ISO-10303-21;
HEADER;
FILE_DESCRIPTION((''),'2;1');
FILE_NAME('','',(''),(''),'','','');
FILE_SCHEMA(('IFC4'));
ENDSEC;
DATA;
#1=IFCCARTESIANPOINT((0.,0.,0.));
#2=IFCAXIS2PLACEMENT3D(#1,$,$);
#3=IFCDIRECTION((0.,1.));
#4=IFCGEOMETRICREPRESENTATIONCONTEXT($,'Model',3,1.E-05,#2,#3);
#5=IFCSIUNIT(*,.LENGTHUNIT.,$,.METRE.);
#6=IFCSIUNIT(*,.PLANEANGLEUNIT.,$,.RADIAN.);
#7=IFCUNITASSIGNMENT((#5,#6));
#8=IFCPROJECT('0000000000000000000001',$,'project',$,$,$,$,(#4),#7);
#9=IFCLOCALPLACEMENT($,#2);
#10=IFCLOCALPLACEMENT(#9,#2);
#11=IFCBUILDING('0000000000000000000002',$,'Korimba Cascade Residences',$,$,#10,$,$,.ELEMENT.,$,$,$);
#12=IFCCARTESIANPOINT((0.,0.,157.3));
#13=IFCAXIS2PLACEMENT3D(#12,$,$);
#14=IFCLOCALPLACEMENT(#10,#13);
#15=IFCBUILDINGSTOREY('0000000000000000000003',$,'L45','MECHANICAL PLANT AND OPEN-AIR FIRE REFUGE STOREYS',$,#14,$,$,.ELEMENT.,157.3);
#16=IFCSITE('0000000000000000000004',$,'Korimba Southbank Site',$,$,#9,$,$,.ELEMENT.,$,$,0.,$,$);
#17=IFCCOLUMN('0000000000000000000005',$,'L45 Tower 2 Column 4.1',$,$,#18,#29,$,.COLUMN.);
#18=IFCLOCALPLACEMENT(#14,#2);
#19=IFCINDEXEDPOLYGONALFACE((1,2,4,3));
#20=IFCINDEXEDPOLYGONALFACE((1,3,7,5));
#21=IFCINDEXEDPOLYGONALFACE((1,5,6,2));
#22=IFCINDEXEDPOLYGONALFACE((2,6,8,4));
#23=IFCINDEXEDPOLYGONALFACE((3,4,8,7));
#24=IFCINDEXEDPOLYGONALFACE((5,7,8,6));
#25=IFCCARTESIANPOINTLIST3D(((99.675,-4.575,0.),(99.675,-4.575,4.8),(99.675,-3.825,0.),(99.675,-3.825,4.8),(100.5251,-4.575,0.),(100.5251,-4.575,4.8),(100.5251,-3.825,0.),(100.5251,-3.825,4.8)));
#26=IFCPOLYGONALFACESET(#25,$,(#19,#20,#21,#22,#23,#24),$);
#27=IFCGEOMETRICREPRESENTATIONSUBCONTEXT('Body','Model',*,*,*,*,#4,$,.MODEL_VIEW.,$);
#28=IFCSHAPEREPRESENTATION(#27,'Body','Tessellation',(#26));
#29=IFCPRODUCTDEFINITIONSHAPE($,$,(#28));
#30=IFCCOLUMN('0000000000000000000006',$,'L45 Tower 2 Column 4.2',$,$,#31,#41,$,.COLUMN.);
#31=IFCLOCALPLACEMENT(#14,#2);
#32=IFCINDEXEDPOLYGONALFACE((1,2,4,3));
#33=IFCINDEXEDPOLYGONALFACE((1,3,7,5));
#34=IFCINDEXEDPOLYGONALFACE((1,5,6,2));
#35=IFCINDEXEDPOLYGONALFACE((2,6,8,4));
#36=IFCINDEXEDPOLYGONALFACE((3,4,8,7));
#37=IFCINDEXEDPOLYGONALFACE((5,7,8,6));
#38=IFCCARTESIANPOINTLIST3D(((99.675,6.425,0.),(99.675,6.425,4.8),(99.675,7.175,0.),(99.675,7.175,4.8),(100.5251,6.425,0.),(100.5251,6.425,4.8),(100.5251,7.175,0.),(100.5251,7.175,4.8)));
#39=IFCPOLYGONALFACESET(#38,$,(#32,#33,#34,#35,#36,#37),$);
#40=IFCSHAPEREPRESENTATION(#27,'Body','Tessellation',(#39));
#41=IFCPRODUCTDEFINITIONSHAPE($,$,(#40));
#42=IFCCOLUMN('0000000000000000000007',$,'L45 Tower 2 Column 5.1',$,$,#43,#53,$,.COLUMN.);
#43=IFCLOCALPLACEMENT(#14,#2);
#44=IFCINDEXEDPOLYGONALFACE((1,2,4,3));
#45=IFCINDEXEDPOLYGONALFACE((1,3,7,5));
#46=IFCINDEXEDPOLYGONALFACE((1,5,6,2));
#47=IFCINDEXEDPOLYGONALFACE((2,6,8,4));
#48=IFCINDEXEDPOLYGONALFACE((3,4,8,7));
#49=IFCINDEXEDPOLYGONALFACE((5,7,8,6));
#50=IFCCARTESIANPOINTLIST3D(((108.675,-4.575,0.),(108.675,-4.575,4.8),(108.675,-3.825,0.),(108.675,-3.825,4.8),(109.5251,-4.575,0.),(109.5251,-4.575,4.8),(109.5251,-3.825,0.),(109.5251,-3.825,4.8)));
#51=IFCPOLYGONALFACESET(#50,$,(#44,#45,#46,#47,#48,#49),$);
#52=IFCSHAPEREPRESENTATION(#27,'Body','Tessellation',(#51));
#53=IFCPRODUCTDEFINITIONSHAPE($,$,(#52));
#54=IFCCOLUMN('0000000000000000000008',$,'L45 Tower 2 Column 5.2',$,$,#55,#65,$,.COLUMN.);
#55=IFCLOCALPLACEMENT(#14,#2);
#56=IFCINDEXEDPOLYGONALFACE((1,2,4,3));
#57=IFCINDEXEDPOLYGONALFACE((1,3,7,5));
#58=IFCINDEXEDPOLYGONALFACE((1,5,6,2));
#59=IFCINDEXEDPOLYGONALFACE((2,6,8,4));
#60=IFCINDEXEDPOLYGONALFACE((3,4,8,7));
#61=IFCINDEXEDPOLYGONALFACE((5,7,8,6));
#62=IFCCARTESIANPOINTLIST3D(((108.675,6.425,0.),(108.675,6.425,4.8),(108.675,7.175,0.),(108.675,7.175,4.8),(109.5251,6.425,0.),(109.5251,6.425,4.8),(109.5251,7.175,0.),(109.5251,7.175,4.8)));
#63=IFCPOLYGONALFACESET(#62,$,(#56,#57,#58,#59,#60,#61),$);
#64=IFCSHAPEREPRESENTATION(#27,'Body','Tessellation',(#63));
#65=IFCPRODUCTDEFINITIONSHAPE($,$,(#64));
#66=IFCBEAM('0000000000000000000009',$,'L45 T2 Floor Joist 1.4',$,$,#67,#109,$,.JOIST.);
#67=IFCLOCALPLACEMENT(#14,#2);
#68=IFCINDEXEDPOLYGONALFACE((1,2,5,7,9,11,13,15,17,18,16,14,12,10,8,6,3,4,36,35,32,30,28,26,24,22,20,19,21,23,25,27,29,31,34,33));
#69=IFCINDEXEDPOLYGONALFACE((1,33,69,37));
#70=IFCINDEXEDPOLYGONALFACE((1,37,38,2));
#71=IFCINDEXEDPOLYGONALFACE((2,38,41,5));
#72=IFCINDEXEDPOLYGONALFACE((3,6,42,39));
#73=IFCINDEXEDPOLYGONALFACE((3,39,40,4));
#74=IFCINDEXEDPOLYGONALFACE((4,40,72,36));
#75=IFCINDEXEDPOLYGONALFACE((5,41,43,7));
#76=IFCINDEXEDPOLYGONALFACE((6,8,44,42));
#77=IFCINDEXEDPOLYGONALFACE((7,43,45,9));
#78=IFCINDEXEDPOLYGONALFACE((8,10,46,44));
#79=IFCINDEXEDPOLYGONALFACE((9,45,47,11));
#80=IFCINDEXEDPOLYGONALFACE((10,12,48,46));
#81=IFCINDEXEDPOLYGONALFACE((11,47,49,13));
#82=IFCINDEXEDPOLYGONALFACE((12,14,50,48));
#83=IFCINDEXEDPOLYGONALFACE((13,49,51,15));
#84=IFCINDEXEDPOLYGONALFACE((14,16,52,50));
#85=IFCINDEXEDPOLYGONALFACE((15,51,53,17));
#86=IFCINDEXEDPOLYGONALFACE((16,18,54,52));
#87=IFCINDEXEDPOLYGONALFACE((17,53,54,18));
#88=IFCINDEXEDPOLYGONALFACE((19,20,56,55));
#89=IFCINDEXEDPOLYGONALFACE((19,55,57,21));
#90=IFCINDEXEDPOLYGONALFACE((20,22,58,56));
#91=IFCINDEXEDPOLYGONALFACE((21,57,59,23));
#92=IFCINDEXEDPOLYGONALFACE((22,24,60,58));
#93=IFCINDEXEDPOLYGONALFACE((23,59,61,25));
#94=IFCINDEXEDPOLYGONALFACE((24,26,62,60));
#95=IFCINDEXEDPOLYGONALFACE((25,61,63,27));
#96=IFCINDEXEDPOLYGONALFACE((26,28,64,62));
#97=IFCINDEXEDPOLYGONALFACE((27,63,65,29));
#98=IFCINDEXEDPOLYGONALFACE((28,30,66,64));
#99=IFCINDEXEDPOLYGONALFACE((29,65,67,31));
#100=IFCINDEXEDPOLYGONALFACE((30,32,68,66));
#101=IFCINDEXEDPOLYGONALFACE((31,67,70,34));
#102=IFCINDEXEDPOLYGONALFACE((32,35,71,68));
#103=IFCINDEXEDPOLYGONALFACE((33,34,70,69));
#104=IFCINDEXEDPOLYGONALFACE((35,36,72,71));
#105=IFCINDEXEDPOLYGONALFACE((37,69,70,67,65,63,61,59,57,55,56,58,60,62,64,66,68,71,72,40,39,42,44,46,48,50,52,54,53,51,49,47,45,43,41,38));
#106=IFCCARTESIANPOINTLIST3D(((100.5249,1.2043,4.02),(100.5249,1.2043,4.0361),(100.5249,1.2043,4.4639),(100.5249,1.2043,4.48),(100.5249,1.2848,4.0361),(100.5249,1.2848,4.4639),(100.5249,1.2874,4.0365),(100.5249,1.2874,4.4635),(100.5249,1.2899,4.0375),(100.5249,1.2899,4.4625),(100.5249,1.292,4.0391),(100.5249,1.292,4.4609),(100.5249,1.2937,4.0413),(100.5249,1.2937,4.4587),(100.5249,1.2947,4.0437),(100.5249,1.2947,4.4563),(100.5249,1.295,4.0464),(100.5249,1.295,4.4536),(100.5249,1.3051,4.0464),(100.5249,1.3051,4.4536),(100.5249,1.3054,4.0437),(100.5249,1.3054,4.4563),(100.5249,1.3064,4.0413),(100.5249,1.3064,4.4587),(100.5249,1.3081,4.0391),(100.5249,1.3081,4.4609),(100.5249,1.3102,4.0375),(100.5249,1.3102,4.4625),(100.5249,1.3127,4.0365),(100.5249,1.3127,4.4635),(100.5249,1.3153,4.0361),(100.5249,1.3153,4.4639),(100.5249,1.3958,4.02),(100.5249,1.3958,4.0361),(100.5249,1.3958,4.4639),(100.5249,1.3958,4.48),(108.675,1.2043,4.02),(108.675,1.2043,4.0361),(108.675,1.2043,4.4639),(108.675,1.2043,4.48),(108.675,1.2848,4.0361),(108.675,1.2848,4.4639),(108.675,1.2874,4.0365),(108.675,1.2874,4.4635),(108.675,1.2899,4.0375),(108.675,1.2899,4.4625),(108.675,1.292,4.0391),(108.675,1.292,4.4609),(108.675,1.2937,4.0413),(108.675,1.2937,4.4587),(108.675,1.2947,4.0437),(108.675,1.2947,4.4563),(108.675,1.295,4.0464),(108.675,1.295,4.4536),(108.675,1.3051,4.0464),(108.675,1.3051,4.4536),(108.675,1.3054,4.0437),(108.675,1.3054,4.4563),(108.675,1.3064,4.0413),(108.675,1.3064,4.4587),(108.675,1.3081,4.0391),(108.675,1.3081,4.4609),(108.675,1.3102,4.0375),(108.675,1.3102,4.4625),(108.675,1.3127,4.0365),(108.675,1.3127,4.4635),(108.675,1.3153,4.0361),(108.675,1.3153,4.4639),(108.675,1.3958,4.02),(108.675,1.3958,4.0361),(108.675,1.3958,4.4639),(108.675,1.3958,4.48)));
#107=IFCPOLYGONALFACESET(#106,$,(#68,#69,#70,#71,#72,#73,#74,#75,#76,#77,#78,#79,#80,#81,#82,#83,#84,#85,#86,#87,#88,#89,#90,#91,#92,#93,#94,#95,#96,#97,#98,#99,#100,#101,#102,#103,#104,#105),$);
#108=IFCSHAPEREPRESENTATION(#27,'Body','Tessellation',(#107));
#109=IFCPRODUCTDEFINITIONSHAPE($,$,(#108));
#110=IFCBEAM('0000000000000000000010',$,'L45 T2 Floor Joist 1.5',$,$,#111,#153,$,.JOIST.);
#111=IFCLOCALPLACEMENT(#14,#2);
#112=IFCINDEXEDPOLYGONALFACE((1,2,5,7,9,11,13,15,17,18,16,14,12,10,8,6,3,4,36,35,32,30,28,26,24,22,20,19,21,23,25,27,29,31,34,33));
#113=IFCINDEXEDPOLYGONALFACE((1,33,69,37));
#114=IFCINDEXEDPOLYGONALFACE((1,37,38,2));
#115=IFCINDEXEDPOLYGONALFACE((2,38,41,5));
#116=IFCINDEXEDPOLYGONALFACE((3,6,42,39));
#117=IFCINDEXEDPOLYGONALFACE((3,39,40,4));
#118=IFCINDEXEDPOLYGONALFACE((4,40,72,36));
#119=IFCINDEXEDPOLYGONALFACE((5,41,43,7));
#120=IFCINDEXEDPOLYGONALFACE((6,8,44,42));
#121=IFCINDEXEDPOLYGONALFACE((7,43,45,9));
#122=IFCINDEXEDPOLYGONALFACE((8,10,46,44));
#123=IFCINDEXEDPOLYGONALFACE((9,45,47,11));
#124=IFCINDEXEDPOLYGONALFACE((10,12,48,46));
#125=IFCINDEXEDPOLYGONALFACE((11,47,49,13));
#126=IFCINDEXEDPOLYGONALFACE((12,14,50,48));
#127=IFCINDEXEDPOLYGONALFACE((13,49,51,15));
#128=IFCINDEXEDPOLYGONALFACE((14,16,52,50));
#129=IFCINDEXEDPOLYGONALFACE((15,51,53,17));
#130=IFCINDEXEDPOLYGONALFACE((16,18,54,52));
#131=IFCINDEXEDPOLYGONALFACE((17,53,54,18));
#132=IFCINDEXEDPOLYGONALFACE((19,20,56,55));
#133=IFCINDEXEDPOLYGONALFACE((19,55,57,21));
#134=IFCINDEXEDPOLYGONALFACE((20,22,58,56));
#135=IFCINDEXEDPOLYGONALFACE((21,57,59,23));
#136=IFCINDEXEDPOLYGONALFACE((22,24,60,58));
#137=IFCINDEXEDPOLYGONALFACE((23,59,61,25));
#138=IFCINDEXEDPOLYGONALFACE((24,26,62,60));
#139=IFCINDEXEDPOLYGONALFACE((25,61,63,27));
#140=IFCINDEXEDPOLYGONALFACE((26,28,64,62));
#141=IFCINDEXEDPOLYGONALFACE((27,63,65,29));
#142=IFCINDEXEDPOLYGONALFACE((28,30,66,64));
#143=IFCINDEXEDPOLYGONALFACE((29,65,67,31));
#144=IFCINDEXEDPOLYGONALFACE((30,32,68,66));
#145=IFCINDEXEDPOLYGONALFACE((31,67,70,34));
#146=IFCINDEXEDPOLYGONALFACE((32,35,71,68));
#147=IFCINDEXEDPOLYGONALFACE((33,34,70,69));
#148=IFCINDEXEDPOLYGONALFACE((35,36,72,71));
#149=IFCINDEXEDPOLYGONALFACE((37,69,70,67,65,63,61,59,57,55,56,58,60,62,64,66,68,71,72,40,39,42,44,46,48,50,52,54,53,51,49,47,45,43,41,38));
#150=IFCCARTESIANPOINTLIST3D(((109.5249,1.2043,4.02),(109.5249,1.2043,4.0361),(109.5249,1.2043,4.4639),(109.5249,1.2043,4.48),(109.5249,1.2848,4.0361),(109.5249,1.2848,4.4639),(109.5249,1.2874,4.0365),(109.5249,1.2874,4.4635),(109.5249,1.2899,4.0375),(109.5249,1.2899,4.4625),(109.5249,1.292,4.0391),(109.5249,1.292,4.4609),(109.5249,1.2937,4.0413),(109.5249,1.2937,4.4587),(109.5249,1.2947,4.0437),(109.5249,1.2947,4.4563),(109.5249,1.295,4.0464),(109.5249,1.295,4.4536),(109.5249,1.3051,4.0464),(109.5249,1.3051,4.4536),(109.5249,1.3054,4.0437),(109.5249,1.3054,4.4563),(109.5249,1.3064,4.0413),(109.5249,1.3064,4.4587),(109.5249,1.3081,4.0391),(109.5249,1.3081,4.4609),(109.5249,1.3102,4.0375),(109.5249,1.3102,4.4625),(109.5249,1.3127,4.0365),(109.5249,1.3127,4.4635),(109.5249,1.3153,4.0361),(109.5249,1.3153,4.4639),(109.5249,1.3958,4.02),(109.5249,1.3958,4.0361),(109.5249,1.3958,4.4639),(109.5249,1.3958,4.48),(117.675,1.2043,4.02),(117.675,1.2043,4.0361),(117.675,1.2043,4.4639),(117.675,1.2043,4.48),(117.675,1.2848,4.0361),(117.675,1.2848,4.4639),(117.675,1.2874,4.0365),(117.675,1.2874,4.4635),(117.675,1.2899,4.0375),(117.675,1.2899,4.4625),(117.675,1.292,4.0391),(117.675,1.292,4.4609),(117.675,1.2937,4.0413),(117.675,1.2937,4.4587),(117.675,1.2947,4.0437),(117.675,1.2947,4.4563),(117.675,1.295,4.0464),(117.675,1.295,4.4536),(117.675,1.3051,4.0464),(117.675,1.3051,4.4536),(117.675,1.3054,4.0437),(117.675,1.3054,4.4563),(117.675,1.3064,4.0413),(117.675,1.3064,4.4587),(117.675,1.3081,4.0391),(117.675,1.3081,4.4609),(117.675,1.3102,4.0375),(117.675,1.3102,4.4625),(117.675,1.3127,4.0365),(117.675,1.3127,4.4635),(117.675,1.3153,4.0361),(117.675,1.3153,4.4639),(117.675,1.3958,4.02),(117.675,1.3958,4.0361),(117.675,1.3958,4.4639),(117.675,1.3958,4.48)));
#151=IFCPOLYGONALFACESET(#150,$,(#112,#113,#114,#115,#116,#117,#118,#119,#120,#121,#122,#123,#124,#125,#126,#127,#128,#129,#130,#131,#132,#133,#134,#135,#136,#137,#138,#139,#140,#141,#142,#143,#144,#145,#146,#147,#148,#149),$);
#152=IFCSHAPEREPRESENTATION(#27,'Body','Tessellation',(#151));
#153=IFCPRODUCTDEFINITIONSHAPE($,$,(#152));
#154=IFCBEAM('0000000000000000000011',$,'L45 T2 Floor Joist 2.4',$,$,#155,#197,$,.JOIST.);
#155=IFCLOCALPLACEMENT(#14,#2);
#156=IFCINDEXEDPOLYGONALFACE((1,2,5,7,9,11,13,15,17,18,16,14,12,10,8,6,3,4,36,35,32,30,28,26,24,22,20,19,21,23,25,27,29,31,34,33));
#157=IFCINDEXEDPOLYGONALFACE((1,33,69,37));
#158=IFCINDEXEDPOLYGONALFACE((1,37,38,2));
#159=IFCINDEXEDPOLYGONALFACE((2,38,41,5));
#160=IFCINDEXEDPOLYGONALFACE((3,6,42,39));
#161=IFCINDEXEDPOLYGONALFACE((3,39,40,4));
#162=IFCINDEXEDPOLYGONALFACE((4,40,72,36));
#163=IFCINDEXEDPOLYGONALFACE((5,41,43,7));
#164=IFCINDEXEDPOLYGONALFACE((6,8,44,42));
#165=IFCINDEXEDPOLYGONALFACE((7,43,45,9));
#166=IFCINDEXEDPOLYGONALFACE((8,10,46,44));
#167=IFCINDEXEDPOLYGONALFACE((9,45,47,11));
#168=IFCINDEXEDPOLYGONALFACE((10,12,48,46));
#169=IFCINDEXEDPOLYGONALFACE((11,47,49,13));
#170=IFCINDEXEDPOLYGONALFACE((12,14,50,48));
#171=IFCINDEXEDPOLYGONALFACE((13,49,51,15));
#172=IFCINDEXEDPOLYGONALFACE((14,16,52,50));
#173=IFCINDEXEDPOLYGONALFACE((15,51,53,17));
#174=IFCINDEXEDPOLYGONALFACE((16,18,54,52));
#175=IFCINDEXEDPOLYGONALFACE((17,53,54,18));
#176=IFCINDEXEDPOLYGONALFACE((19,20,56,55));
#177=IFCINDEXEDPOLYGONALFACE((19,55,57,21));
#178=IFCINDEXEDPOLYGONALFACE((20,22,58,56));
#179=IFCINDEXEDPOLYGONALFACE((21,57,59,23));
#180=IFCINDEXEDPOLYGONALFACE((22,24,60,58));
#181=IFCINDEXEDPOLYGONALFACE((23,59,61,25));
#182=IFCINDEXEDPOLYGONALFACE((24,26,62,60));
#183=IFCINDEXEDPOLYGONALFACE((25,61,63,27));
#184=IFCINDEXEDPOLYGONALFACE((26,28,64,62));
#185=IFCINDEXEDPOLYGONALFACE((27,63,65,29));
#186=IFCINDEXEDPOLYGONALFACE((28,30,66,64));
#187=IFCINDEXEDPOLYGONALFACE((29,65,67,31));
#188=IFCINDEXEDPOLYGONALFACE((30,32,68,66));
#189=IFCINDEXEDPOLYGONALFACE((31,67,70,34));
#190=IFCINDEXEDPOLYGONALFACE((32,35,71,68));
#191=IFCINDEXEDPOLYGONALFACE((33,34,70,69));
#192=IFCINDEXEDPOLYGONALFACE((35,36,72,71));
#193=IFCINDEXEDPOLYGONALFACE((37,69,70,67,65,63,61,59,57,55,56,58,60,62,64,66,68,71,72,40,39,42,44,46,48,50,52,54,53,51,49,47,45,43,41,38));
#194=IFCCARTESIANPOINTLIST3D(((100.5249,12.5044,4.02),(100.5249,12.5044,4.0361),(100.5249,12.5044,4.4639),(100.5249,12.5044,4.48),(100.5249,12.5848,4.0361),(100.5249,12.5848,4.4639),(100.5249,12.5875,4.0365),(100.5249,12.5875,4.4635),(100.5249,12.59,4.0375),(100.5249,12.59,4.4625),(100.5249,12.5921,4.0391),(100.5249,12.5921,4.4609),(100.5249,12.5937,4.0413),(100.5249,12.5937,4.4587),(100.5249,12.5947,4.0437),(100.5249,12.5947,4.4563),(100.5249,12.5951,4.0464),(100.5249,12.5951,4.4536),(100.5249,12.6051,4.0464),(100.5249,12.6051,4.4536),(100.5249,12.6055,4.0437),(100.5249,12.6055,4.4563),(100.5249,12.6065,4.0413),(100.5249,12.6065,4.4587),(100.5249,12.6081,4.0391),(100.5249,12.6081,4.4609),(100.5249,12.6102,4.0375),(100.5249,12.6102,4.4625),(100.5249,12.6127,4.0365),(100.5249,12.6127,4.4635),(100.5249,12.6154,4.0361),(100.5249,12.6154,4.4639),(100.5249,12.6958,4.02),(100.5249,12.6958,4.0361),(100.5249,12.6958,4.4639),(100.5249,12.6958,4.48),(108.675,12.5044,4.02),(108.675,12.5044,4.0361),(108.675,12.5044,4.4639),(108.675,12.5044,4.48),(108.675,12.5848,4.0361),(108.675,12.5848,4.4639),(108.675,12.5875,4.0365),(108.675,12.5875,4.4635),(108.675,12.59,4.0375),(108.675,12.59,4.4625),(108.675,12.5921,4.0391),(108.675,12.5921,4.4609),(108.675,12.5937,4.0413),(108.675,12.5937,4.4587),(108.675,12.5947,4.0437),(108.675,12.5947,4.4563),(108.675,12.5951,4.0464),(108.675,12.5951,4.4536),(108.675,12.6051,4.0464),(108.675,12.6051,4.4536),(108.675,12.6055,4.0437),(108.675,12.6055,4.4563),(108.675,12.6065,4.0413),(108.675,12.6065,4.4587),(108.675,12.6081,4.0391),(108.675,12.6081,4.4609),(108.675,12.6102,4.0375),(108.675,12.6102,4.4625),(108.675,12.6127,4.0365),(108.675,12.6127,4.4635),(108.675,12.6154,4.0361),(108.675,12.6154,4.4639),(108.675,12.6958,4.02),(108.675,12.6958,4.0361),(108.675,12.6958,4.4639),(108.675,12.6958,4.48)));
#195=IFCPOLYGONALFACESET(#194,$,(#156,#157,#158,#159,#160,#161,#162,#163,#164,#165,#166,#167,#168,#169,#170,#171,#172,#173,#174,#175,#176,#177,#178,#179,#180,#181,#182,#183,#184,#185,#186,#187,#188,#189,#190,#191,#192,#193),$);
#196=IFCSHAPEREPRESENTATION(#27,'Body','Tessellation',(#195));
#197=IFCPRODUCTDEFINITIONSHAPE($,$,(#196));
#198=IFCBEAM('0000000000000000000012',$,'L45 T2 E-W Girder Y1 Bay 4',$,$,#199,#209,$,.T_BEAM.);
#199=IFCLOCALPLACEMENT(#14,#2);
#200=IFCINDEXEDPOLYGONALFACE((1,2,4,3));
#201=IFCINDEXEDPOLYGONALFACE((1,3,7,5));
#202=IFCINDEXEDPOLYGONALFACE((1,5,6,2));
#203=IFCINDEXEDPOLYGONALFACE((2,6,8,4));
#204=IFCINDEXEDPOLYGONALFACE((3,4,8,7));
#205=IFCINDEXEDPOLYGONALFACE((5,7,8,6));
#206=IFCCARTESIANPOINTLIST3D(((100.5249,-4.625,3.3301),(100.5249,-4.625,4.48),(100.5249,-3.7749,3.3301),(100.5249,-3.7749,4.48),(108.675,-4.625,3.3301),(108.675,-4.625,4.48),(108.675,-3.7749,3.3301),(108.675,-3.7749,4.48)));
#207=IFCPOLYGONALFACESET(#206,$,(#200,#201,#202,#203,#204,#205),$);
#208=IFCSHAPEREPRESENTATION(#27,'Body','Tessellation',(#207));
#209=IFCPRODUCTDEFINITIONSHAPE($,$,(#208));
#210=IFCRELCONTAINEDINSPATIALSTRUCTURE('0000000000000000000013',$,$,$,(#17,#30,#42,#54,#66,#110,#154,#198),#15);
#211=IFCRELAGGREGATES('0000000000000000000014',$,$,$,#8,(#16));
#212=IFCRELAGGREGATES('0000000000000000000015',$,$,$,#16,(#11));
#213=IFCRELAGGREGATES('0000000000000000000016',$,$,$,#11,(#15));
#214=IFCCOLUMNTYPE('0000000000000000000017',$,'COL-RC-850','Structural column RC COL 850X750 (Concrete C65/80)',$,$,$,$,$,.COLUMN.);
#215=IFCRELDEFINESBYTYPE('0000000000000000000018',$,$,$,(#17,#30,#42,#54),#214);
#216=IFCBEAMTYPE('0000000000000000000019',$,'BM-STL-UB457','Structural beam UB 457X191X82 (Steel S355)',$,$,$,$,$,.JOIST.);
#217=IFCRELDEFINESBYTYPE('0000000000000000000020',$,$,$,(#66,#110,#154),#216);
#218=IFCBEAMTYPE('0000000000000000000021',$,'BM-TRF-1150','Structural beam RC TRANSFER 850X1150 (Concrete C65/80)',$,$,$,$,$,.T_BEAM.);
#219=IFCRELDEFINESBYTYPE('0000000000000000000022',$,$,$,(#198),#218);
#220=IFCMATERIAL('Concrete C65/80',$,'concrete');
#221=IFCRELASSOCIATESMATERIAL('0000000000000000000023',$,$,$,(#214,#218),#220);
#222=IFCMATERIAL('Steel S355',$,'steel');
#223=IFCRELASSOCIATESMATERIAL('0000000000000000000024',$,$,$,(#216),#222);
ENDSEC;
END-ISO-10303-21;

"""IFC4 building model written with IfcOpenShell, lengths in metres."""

from ifc_helpers import new_model, si_unit, direction, frame, origin, origin_2d, place, context, subcontext, project, spatial, rectangle, i_section, extrude, material, material_profile, profile_set, type_object, element, save


model = new_model("IFC4")

# Units and contexts
model_context = context("Model", 3, precision=1e-05, world=origin(), true_north=direction((0.0, 1.0)))
body_context = subcontext(model_context, "Body", "Model", "MODEL_VIEW")
ifc_project = project(units=[si_unit("LENGTHUNIT", "METRE"), si_unit("PLANEANGLEUNIT", "RADIAN")], contexts=[model_context])

# Site, building, storey
site_placement = place(None, origin())
site = spatial("IfcSite", under=ifc_project, at=site_placement, Name="Korimba Southbank Site", CompositionType="ELEMENT", RefElevation=0.0)
building_placement = place(site_placement, origin())
building = spatial("IfcBuilding", under=site, at=building_placement, Name="Korimba Cascade Residences", CompositionType="ELEMENT")
storey_placement = place(building_placement, frame((0.0, 0.0, 157.3)))
storey = spatial("IfcBuildingStorey", under=building, at=storey_placement, Name="L45", Description="MECHANICAL PLANT AND OPEN-AIR FIRE REFUGE STOREYS", CompositionType="ELEMENT", Elevation=157.3)

# Columns
ifc_material_1 = material(Name="Concrete C65/80", Category="concrete")
ifc_material_profile_1 = material_profile(ifc_material_1, rectangle(XDim=0.8501, YDim=0.75, at=origin_2d()), Name="Concrete C65/80")
ifc_profile_set_1 = profile_set([ifc_material_profile_1], Name="Concrete C65/80")
column_type = type_object("IfcColumnType", Name="COL-RC-850", Description="Structural column RC COL 850X750 (Concrete C65/80)", PredefinedType="COLUMN", material=ifc_profile_set_1)
for number, where, z_axis, x_axis, name in (
    (1, (100.1001, -4.2, 0.0), (0.0, 0.0, 1.0), (1.0, 0.0, 0.0), "L45 Tower 2 Column 4.1"),
    (2, (100.1001, 6.8, 0.0), (0.0, 0.0, 1.0), (1.0, 0.0, 0.0), "L45 Tower 2 Column 4.2"),
    (3, (109.1001, -4.2, 0.0), (0.0, 0.0, 1.0), (1.0, 0.0, 0.0), "L45 Tower 2 Column 5.1"),
    (4, (109.1001, 6.8, 0.0), (0.0, 0.0, 1.0), (1.0, 0.0, 0.0), "L45 Tower 2 Column 5.2"),
):
    element("IfcColumn", number, at=place(storey_placement, frame(where, z_axis=z_axis, x_axis=x_axis)), inside=storey, type_object=column_type, Name=name, PredefinedType="COLUMN", context=body_context, shape_type="SweptSolid", body=[
        extrude(rectangle(XDim=0.8501, YDim=0.75, at=origin_2d()), origin(), (0.0, 0.0, 1.0), 4.8),
    ])

# Beams
ifc_material_2 = material(Name="Steel S355", Category="steel")
ifc_material_profile_2 = material_profile(ifc_material_2, i_section(OverallWidth=0.1914, OverallDepth=0.46, WebThickness=0.01, FlangeThickness=0.0161, FilletRadius=0.0103, at=origin_2d()), Name="Steel S355")
ifc_profile_set_2 = profile_set([ifc_material_profile_2], Name="Steel S355")
beam_type_1 = type_object("IfcBeamType", Name="BM-STL-UB457", Description="Structural beam UB 457X191X82 (Steel S355)", PredefinedType="JOIST", material=ifc_profile_set_2)
for number, where, z_axis, x_axis, name in (
    (5, (100.5249, 1.3, 4.25), (1.0, 0.0, 0.0), (0.0, 1.0, 0.0), "L45 T2 Floor Joist 1.4"),
    (6, (109.5249, 1.3, 4.25), (1.0, 0.0, 0.0), (0.0, 1.0, 0.0), "L45 T2 Floor Joist 1.5"),
    (7, (100.5249, 12.6001, 4.25), (1.0, 0.0, 0.0), (0.0, 1.0, 0.0), "L45 T2 Floor Joist 2.4"),
):
    element("IfcBeam", number, at=place(storey_placement, frame(where, z_axis=z_axis, x_axis=x_axis)), inside=storey, type_object=beam_type_1, Name=name, PredefinedType="JOIST", context=body_context, shape_type="SweptSolid", body=[
        extrude(i_section(OverallWidth=0.1914, OverallDepth=0.46, WebThickness=0.01, FlangeThickness=0.0161, FilletRadius=0.0103, at=origin_2d()), origin(), (0.0, 0.0, 1.0), 8.1501),
    ])
ifc_material_profile_3 = material_profile(ifc_material_1, rectangle(XDim=0.8501, YDim=1.1499, at=origin_2d()), Name="Concrete C65/80")
ifc_profile_set_3 = profile_set([ifc_material_profile_3], Name="Concrete C65/80")
beam_type_2 = type_object("IfcBeamType", Name="BM-TRF-1150", Description="Structural beam RC TRANSFER 850X1150 (Concrete C65/80)", PredefinedType="T_BEAM", material=ifc_profile_set_3)
for number, where, z_axis, x_axis, name in (
    (8, (100.5249, -4.2, 3.905), (1.0, 0.0, 0.0), (0.0, 1.0, 0.0), "L45 T2 E-W Girder Y1 Bay 4"),
):
    element("IfcBeam", number, at=place(storey_placement, frame(where, z_axis=z_axis, x_axis=x_axis)), inside=storey, type_object=beam_type_2, Name=name, PredefinedType="T_BEAM", context=body_context, shape_type="SweptSolid", body=[
        extrude(rectangle(XDim=0.8501, YDim=1.1499, at=origin_2d()), origin(), (0.0, 0.0, 1.0), 8.1501),
    ])

save(model, "model.ifc")
